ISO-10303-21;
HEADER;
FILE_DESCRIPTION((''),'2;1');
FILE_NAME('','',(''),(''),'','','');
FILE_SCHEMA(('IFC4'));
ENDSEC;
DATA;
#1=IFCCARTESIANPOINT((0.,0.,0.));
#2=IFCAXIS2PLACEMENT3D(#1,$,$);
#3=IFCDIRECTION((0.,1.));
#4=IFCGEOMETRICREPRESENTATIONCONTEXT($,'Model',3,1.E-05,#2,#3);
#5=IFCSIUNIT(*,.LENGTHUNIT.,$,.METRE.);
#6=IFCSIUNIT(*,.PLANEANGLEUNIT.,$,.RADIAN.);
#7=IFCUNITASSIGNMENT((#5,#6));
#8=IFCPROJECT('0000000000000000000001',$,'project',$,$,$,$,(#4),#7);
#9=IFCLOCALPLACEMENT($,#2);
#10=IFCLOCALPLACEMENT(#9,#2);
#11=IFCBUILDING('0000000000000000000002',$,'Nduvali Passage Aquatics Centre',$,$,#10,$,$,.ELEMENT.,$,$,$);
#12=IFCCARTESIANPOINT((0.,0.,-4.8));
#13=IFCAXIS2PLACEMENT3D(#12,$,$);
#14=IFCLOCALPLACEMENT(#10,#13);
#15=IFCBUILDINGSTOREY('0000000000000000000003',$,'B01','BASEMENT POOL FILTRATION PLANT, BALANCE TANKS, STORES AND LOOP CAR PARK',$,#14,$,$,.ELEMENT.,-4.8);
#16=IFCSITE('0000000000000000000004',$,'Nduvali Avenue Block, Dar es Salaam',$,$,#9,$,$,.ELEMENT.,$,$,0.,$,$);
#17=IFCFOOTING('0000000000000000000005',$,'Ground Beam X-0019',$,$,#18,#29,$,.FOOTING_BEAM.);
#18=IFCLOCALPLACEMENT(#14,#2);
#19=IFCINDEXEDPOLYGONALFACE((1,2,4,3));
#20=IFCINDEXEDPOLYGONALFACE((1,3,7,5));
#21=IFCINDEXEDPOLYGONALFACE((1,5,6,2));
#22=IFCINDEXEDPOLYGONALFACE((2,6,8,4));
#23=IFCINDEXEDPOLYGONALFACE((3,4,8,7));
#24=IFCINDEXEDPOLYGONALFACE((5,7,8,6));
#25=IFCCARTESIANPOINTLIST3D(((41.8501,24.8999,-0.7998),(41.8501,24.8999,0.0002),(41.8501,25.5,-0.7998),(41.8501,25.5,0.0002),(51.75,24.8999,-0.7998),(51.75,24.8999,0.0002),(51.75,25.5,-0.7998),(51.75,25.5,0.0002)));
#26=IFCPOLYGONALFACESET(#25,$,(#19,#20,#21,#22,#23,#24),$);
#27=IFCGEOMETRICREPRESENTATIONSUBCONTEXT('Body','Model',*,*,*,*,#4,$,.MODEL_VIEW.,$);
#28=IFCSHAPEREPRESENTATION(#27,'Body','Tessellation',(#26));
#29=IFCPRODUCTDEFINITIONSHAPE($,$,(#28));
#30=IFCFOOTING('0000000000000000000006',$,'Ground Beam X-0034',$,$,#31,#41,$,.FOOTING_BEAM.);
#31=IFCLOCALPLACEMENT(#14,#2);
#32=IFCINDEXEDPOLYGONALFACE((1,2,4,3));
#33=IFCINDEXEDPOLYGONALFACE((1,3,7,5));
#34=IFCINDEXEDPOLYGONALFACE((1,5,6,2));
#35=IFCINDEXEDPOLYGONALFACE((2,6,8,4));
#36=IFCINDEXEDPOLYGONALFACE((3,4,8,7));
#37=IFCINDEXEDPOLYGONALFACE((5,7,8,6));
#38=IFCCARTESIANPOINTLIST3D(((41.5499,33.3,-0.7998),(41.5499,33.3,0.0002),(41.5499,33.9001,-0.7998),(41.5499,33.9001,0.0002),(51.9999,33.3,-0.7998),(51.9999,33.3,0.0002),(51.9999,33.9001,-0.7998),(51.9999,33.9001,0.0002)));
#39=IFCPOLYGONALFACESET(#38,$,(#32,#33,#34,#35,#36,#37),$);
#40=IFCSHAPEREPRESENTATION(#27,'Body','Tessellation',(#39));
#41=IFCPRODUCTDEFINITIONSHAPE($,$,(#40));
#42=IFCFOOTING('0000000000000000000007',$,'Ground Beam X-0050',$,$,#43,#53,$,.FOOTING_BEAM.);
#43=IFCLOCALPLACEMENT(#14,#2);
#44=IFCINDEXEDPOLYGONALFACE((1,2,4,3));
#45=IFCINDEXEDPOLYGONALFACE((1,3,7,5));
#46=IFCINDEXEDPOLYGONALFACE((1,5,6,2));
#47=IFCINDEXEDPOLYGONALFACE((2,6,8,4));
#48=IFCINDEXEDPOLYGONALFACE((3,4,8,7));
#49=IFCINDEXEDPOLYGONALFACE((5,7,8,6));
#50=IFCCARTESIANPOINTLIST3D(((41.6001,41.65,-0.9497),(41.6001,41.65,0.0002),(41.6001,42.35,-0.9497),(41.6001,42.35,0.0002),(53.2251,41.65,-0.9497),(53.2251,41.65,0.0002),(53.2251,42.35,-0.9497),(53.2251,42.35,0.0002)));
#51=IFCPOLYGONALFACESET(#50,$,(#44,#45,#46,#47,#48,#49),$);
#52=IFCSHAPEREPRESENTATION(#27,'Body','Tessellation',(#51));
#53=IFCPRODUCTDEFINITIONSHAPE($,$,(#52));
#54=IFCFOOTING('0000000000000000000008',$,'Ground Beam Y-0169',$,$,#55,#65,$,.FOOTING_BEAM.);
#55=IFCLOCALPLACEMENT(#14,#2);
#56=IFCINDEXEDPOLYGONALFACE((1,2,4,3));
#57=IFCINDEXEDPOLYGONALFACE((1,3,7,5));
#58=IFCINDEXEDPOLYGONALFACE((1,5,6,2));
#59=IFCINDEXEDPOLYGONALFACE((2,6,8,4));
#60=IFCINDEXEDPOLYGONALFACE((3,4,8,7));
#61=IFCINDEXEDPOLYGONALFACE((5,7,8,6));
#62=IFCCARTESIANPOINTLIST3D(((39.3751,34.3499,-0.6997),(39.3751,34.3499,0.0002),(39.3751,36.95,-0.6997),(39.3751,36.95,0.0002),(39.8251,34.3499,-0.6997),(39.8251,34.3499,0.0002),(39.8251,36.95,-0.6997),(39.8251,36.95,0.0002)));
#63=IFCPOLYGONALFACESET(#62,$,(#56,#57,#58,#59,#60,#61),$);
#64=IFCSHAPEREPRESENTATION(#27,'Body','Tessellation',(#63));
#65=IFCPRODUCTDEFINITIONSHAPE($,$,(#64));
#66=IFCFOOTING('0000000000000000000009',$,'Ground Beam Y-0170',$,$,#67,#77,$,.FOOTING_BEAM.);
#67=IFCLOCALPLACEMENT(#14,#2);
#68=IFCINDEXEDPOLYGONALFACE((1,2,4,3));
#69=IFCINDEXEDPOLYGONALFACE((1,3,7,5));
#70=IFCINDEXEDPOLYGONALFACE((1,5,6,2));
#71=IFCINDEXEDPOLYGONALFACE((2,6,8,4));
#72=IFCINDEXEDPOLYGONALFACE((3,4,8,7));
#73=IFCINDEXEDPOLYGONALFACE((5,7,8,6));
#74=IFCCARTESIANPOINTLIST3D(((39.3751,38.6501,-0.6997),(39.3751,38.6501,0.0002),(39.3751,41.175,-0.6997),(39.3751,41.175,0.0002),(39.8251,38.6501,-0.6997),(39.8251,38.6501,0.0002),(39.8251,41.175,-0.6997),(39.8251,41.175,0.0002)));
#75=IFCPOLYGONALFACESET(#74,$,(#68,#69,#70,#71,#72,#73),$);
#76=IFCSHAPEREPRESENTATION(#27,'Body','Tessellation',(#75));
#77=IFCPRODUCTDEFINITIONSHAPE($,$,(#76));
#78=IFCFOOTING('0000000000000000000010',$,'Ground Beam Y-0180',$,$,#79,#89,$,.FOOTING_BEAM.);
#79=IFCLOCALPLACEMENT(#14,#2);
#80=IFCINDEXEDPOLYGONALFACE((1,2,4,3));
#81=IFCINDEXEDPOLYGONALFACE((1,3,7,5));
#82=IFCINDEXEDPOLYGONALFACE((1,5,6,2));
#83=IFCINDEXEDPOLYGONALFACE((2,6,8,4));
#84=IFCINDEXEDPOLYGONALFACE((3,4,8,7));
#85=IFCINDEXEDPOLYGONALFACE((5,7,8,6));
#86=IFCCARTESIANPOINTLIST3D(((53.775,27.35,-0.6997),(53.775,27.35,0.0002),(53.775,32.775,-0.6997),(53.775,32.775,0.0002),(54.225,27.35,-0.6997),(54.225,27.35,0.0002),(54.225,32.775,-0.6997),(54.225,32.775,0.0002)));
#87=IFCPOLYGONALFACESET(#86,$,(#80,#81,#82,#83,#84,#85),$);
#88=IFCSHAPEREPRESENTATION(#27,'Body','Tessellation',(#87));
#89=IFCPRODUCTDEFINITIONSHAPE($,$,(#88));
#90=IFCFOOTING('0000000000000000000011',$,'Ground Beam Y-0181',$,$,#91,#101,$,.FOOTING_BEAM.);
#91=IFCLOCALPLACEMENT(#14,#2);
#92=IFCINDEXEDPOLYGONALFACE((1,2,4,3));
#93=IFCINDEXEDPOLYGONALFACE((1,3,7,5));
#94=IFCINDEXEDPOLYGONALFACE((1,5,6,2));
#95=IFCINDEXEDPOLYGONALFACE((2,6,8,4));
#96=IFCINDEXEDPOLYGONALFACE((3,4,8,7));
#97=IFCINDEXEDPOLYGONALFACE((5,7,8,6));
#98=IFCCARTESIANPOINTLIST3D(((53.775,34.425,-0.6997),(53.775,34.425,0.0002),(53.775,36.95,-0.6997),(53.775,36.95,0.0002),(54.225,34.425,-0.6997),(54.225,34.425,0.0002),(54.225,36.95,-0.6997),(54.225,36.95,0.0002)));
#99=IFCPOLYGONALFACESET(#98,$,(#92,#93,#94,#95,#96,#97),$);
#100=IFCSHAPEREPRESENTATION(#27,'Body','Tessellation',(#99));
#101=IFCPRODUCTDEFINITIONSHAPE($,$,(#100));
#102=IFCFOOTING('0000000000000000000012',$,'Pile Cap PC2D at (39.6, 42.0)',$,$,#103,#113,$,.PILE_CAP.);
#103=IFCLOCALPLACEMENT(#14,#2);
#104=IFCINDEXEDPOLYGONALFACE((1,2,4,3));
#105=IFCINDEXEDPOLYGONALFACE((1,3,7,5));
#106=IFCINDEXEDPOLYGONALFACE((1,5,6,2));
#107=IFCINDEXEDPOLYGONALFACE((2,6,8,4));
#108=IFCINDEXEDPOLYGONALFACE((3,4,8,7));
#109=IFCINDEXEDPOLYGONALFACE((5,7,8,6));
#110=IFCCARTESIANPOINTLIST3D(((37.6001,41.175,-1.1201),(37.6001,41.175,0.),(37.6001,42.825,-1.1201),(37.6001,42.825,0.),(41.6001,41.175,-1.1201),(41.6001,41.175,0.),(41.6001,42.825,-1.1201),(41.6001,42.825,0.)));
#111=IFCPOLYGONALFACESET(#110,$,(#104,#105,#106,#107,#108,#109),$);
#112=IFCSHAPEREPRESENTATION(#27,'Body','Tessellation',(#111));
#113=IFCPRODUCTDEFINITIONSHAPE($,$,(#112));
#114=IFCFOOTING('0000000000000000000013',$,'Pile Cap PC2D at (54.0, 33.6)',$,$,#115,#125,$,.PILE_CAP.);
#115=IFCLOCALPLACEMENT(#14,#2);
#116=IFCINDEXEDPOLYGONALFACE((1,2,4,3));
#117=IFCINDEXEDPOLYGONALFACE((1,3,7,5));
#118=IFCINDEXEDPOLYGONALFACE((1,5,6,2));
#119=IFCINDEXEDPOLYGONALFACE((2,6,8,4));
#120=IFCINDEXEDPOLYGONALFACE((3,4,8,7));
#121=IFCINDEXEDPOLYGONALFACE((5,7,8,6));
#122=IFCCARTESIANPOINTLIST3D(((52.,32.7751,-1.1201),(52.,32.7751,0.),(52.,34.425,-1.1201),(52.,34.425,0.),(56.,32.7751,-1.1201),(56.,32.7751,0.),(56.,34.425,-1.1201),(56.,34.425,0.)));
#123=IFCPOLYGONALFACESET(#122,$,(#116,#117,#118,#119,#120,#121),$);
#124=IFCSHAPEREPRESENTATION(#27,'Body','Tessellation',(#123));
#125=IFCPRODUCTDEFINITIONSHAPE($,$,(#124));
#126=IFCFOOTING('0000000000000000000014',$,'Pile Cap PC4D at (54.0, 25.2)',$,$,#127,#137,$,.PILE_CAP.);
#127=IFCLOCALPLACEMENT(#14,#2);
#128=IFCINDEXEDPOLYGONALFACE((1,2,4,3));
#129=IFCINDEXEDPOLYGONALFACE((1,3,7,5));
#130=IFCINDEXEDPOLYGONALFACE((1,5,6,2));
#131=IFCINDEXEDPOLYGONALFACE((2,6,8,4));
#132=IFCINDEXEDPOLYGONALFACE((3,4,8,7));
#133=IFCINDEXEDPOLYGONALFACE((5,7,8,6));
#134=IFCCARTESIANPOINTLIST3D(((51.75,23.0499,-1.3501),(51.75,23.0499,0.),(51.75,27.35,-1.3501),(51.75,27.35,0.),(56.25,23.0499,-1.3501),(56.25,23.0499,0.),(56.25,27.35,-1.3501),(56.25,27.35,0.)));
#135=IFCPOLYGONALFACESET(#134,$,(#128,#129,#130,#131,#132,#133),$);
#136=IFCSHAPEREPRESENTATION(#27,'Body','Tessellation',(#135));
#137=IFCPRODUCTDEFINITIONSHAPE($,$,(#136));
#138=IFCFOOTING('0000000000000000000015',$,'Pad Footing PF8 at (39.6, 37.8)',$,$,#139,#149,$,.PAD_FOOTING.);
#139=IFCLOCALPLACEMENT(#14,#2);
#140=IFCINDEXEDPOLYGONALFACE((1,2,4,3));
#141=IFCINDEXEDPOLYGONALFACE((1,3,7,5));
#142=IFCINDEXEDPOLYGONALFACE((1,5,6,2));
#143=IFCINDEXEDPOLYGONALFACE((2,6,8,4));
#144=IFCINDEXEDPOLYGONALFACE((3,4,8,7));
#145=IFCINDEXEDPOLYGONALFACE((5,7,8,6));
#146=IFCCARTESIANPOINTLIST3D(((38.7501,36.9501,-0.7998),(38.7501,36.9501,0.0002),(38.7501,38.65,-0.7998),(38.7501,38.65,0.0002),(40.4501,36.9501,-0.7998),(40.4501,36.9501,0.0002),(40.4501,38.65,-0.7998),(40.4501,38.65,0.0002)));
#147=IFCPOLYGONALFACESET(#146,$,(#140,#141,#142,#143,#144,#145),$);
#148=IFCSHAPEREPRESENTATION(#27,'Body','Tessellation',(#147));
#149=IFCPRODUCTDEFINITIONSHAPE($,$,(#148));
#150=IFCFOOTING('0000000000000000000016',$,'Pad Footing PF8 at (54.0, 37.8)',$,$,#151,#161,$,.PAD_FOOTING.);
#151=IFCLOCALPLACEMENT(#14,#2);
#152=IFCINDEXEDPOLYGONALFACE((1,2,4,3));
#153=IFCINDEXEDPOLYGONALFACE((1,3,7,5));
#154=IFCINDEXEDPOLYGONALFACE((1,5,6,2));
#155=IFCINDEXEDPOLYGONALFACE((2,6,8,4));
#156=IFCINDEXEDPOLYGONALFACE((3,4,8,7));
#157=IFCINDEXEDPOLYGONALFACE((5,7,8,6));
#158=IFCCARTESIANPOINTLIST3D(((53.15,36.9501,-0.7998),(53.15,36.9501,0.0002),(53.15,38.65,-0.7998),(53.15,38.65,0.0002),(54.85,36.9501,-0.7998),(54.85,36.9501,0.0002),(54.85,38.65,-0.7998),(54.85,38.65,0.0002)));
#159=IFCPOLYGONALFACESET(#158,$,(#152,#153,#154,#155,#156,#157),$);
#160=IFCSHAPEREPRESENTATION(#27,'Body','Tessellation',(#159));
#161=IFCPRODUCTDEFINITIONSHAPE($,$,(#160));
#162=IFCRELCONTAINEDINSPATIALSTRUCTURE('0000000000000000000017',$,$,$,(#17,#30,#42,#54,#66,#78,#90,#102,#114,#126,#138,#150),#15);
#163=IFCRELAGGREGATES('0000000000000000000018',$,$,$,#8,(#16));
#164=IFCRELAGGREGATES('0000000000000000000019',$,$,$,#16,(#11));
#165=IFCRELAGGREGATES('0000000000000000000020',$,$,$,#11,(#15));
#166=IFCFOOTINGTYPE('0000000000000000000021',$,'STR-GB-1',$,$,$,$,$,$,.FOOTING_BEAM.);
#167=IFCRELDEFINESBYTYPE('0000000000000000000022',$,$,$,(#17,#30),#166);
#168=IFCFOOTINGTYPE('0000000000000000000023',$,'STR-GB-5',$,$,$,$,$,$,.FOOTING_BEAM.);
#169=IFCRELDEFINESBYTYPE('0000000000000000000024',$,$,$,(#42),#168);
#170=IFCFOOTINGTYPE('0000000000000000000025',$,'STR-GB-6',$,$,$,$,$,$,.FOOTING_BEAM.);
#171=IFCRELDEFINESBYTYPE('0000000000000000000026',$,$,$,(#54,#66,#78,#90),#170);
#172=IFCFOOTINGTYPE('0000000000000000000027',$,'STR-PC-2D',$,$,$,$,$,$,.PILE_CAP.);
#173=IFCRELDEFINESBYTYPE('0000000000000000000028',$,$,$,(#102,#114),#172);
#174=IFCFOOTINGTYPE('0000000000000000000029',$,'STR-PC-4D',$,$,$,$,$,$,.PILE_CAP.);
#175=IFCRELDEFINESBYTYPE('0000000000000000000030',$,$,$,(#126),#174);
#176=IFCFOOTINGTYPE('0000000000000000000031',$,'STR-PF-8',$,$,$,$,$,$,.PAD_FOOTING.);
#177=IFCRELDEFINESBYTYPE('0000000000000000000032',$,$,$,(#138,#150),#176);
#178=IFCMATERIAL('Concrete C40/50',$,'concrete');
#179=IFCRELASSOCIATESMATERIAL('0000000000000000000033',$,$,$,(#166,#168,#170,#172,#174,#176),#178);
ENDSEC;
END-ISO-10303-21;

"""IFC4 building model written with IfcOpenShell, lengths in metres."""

from ifc_helpers import new_model, si_unit, direction, frame, origin, origin_2d, place, context, subcontext, project, spatial, rectangle, extrude, material, type_object, element, save


model = new_model("IFC4")

# Units and contexts
model_context = context("Model", 3, precision=1e-05, world=origin(), true_north=direction((0.0, 1.0)))
body_context = subcontext(model_context, "Body", "Model", "MODEL_VIEW")
ifc_project = project(units=[si_unit("LENGTHUNIT", "METRE"), si_unit("PLANEANGLEUNIT", "RADIAN")], contexts=[model_context])

# Site, building, storey
site_placement = place(None, origin())
site = spatial("IfcSite", under=ifc_project, at=site_placement, Name="Nduvali Avenue Block, Dar es Salaam", CompositionType="ELEMENT", RefElevation=0.0)
building_placement = place(site_placement, origin())
building = spatial("IfcBuilding", under=site, at=building_placement, Name="Nduvali Passage Aquatics Centre", CompositionType="ELEMENT")
storey_placement = place(building_placement, frame((0.0, 0.0, -4.8)))
storey = spatial("IfcBuildingStorey", under=building, at=storey_placement, Name="B01", Description="BASEMENT POOL FILTRATION PLANT, BALANCE TANKS, STORES AND LOOP CAR PARK", CompositionType="ELEMENT", Elevation=-4.8)

# Footings
ifc_material = material(Name="Concrete C40/50", Category="concrete")
footing_type_1 = type_object("IfcFootingType", Name="STR-GB-1", PredefinedType="FOOTING_BEAM", material=ifc_material)
footing_1_placement = place(storey_placement, frame((46.8, 25.2, -0.7998), z_axis=(0.0, 0.0, 1.0), x_axis=(1.0, 0.0, 0.0)))
element("IfcFooting", 1, at=footing_1_placement, inside=storey, type_object=footing_type_1, Name="Ground Beam X-0019", PredefinedType="FOOTING_BEAM", context=body_context, shape_type="SweptSolid", body=[
    extrude(rectangle(XDim=9.8999, YDim=0.6001, at=origin_2d()), origin(), (0.0, 0.0, 1.0), 0.8),
])
footing_2_placement = place(storey_placement, frame((46.7749, 33.6001, -0.7998), z_axis=(0.0, 0.0, 1.0), x_axis=(1.0, 0.0, 0.0)))
element("IfcFooting", 2, at=footing_2_placement, inside=storey, type_object=footing_type_1, Name="Ground Beam X-0034", PredefinedType="FOOTING_BEAM", context=body_context, shape_type="SweptSolid", body=[
    extrude(rectangle(XDim=10.45, YDim=0.6001, at=origin_2d()), origin(), (0.0, 0.0, 1.0), 0.8),
])
footing_type_2 = type_object("IfcFootingType", Name="STR-GB-5", PredefinedType="FOOTING_BEAM", material=ifc_material)
footing_3_placement = place(storey_placement, frame((47.4126, 42.0, -0.9497), z_axis=(0.0, 0.0, 1.0), x_axis=(1.0, 0.0, 0.0)))
element("IfcFooting", 3, at=footing_3_placement, inside=storey, type_object=footing_type_2, Name="Ground Beam X-0050", PredefinedType="FOOTING_BEAM", context=body_context, shape_type="SweptSolid", body=[
    extrude(rectangle(XDim=11.625, YDim=0.7, at=origin_2d()), origin(), (0.0, 0.0, 1.0), 0.95),
])
footing_type_3 = type_object("IfcFootingType", Name="STR-GB-6", PredefinedType="FOOTING_BEAM", material=ifc_material)
footing_4_placement = place(storey_placement, frame((39.6001, 35.6499, -0.6997), z_axis=(0.0, 0.0, 1.0), x_axis=(0.0, 1.0, 0.0)))
element("IfcFooting", 4, at=footing_4_placement, inside=storey, type_object=footing_type_3, Name="Ground Beam Y-0169", PredefinedType="FOOTING_BEAM", context=body_context, shape_type="SweptSolid", body=[
    extrude(rectangle(XDim=2.6001, YDim=0.45, at=origin_2d()), origin(), (0.0, 0.0, 1.0), 0.7),
])
footing_5_placement = place(storey_placement, frame((39.6001, 39.9126, -0.6997), z_axis=(0.0, 0.0, 1.0), x_axis=(0.0, 1.0, 0.0)))
element("IfcFooting", 5, at=footing_5_placement, inside=storey, type_object=footing_type_3, Name="Ground Beam Y-0170", PredefinedType="FOOTING_BEAM", context=body_context, shape_type="SweptSolid", body=[
    extrude(rectangle(XDim=2.5249, YDim=0.45, at=origin_2d()), origin(), (0.0, 0.0, 1.0), 0.7),
])
footing_6_placement = place(storey_placement, frame((54.0, 30.0625, -0.6997), z_axis=(0.0, 0.0, 1.0), x_axis=(0.0, 1.0, 0.0)))
element("IfcFooting", 6, at=footing_6_placement, inside=storey, type_object=footing_type_3, Name="Ground Beam Y-0180", PredefinedType="FOOTING_BEAM", context=body_context, shape_type="SweptSolid", body=[
    extrude(rectangle(XDim=5.425, YDim=0.45, at=origin_2d()), origin(), (0.0, 0.0, 1.0), 0.7),
])
footing_7_placement = place(storey_placement, frame((54.0, 35.6875, -0.6997), z_axis=(0.0, 0.0, 1.0), x_axis=(0.0, 1.0, 0.0)))
element("IfcFooting", 7, at=footing_7_placement, inside=storey, type_object=footing_type_3, Name="Ground Beam Y-0181", PredefinedType="FOOTING_BEAM", context=body_context, shape_type="SweptSolid", body=[
    extrude(rectangle(XDim=2.5249, YDim=0.45, at=origin_2d()), origin(), (0.0, 0.0, 1.0), 0.7),
])
footing_type_4 = type_object("IfcFootingType", Name="STR-PC-2D", PredefinedType="PILE_CAP", material=ifc_material)
for number, where, z_axis, x_axis, name in (
    (8, (39.6001, 42.0, -1.1201), (0.0, 0.0, 1.0), (1.0, 0.0, 0.0), "Pile Cap PC2D at (39.6, 42.0)"),
    (9, (54.0, 33.6001, -1.1201), (0.0, 0.0, 1.0), (1.0, 0.0, 0.0), "Pile Cap PC2D at (54.0, 33.6)"),
):
    element("IfcFooting", number, at=place(storey_placement, frame(where, z_axis=z_axis, x_axis=x_axis)), inside=storey, type_object=footing_type_4, Name=name, PredefinedType="PILE_CAP", context=body_context, shape_type="SweptSolid", body=[
        extrude(rectangle(XDim=4.0, YDim=1.6499, at=origin_2d()), origin(), (0.0, 0.0, 1.0), 1.1201),
    ])
footing_type_5 = type_object("IfcFootingType", Name="STR-PC-4D", PredefinedType="PILE_CAP", material=ifc_material)
footing_8_placement = place(storey_placement, frame((54.0, 25.2, -1.3501), z_axis=(0.0, 0.0, 1.0), x_axis=(1.0, 0.0, 0.0)))
element("IfcFooting", 10, at=footing_8_placement, inside=storey, type_object=footing_type_5, Name="Pile Cap PC4D at (54.0, 25.2)", PredefinedType="PILE_CAP", context=body_context, shape_type="SweptSolid", body=[
    extrude(rectangle(XDim=4.5, YDim=4.3, at=origin_2d()), origin(), (0.0, 0.0, 1.0), 1.3501),
])
footing_type_6 = type_object("IfcFootingType", Name="STR-PF-8", PredefinedType="PAD_FOOTING", material=ifc_material)
for number, where, z_axis, x_axis, name in (
    (11, (39.6001, 37.8, -0.7998), (0.0, 0.0, 1.0), (1.0, 0.0, 0.0), "Pad Footing PF8 at (39.6, 37.8)"),
    (12, (54.0, 37.8, -0.7998), (0.0, 0.0, 1.0), (1.0, 0.0, 0.0), "Pad Footing PF8 at (54.0, 37.8)"),
):
    element("IfcFooting", number, at=place(storey_placement, frame(where, z_axis=z_axis, x_axis=x_axis)), inside=storey, type_object=footing_type_6, Name=name, PredefinedType="PAD_FOOTING", context=body_context, shape_type="SweptSolid", body=[
        extrude(rectangle(XDim=1.7, YDim=1.7, at=origin_2d()), origin(), (0.0, 0.0, 1.0), 0.8),
    ])

save(model, "model.ifc")
